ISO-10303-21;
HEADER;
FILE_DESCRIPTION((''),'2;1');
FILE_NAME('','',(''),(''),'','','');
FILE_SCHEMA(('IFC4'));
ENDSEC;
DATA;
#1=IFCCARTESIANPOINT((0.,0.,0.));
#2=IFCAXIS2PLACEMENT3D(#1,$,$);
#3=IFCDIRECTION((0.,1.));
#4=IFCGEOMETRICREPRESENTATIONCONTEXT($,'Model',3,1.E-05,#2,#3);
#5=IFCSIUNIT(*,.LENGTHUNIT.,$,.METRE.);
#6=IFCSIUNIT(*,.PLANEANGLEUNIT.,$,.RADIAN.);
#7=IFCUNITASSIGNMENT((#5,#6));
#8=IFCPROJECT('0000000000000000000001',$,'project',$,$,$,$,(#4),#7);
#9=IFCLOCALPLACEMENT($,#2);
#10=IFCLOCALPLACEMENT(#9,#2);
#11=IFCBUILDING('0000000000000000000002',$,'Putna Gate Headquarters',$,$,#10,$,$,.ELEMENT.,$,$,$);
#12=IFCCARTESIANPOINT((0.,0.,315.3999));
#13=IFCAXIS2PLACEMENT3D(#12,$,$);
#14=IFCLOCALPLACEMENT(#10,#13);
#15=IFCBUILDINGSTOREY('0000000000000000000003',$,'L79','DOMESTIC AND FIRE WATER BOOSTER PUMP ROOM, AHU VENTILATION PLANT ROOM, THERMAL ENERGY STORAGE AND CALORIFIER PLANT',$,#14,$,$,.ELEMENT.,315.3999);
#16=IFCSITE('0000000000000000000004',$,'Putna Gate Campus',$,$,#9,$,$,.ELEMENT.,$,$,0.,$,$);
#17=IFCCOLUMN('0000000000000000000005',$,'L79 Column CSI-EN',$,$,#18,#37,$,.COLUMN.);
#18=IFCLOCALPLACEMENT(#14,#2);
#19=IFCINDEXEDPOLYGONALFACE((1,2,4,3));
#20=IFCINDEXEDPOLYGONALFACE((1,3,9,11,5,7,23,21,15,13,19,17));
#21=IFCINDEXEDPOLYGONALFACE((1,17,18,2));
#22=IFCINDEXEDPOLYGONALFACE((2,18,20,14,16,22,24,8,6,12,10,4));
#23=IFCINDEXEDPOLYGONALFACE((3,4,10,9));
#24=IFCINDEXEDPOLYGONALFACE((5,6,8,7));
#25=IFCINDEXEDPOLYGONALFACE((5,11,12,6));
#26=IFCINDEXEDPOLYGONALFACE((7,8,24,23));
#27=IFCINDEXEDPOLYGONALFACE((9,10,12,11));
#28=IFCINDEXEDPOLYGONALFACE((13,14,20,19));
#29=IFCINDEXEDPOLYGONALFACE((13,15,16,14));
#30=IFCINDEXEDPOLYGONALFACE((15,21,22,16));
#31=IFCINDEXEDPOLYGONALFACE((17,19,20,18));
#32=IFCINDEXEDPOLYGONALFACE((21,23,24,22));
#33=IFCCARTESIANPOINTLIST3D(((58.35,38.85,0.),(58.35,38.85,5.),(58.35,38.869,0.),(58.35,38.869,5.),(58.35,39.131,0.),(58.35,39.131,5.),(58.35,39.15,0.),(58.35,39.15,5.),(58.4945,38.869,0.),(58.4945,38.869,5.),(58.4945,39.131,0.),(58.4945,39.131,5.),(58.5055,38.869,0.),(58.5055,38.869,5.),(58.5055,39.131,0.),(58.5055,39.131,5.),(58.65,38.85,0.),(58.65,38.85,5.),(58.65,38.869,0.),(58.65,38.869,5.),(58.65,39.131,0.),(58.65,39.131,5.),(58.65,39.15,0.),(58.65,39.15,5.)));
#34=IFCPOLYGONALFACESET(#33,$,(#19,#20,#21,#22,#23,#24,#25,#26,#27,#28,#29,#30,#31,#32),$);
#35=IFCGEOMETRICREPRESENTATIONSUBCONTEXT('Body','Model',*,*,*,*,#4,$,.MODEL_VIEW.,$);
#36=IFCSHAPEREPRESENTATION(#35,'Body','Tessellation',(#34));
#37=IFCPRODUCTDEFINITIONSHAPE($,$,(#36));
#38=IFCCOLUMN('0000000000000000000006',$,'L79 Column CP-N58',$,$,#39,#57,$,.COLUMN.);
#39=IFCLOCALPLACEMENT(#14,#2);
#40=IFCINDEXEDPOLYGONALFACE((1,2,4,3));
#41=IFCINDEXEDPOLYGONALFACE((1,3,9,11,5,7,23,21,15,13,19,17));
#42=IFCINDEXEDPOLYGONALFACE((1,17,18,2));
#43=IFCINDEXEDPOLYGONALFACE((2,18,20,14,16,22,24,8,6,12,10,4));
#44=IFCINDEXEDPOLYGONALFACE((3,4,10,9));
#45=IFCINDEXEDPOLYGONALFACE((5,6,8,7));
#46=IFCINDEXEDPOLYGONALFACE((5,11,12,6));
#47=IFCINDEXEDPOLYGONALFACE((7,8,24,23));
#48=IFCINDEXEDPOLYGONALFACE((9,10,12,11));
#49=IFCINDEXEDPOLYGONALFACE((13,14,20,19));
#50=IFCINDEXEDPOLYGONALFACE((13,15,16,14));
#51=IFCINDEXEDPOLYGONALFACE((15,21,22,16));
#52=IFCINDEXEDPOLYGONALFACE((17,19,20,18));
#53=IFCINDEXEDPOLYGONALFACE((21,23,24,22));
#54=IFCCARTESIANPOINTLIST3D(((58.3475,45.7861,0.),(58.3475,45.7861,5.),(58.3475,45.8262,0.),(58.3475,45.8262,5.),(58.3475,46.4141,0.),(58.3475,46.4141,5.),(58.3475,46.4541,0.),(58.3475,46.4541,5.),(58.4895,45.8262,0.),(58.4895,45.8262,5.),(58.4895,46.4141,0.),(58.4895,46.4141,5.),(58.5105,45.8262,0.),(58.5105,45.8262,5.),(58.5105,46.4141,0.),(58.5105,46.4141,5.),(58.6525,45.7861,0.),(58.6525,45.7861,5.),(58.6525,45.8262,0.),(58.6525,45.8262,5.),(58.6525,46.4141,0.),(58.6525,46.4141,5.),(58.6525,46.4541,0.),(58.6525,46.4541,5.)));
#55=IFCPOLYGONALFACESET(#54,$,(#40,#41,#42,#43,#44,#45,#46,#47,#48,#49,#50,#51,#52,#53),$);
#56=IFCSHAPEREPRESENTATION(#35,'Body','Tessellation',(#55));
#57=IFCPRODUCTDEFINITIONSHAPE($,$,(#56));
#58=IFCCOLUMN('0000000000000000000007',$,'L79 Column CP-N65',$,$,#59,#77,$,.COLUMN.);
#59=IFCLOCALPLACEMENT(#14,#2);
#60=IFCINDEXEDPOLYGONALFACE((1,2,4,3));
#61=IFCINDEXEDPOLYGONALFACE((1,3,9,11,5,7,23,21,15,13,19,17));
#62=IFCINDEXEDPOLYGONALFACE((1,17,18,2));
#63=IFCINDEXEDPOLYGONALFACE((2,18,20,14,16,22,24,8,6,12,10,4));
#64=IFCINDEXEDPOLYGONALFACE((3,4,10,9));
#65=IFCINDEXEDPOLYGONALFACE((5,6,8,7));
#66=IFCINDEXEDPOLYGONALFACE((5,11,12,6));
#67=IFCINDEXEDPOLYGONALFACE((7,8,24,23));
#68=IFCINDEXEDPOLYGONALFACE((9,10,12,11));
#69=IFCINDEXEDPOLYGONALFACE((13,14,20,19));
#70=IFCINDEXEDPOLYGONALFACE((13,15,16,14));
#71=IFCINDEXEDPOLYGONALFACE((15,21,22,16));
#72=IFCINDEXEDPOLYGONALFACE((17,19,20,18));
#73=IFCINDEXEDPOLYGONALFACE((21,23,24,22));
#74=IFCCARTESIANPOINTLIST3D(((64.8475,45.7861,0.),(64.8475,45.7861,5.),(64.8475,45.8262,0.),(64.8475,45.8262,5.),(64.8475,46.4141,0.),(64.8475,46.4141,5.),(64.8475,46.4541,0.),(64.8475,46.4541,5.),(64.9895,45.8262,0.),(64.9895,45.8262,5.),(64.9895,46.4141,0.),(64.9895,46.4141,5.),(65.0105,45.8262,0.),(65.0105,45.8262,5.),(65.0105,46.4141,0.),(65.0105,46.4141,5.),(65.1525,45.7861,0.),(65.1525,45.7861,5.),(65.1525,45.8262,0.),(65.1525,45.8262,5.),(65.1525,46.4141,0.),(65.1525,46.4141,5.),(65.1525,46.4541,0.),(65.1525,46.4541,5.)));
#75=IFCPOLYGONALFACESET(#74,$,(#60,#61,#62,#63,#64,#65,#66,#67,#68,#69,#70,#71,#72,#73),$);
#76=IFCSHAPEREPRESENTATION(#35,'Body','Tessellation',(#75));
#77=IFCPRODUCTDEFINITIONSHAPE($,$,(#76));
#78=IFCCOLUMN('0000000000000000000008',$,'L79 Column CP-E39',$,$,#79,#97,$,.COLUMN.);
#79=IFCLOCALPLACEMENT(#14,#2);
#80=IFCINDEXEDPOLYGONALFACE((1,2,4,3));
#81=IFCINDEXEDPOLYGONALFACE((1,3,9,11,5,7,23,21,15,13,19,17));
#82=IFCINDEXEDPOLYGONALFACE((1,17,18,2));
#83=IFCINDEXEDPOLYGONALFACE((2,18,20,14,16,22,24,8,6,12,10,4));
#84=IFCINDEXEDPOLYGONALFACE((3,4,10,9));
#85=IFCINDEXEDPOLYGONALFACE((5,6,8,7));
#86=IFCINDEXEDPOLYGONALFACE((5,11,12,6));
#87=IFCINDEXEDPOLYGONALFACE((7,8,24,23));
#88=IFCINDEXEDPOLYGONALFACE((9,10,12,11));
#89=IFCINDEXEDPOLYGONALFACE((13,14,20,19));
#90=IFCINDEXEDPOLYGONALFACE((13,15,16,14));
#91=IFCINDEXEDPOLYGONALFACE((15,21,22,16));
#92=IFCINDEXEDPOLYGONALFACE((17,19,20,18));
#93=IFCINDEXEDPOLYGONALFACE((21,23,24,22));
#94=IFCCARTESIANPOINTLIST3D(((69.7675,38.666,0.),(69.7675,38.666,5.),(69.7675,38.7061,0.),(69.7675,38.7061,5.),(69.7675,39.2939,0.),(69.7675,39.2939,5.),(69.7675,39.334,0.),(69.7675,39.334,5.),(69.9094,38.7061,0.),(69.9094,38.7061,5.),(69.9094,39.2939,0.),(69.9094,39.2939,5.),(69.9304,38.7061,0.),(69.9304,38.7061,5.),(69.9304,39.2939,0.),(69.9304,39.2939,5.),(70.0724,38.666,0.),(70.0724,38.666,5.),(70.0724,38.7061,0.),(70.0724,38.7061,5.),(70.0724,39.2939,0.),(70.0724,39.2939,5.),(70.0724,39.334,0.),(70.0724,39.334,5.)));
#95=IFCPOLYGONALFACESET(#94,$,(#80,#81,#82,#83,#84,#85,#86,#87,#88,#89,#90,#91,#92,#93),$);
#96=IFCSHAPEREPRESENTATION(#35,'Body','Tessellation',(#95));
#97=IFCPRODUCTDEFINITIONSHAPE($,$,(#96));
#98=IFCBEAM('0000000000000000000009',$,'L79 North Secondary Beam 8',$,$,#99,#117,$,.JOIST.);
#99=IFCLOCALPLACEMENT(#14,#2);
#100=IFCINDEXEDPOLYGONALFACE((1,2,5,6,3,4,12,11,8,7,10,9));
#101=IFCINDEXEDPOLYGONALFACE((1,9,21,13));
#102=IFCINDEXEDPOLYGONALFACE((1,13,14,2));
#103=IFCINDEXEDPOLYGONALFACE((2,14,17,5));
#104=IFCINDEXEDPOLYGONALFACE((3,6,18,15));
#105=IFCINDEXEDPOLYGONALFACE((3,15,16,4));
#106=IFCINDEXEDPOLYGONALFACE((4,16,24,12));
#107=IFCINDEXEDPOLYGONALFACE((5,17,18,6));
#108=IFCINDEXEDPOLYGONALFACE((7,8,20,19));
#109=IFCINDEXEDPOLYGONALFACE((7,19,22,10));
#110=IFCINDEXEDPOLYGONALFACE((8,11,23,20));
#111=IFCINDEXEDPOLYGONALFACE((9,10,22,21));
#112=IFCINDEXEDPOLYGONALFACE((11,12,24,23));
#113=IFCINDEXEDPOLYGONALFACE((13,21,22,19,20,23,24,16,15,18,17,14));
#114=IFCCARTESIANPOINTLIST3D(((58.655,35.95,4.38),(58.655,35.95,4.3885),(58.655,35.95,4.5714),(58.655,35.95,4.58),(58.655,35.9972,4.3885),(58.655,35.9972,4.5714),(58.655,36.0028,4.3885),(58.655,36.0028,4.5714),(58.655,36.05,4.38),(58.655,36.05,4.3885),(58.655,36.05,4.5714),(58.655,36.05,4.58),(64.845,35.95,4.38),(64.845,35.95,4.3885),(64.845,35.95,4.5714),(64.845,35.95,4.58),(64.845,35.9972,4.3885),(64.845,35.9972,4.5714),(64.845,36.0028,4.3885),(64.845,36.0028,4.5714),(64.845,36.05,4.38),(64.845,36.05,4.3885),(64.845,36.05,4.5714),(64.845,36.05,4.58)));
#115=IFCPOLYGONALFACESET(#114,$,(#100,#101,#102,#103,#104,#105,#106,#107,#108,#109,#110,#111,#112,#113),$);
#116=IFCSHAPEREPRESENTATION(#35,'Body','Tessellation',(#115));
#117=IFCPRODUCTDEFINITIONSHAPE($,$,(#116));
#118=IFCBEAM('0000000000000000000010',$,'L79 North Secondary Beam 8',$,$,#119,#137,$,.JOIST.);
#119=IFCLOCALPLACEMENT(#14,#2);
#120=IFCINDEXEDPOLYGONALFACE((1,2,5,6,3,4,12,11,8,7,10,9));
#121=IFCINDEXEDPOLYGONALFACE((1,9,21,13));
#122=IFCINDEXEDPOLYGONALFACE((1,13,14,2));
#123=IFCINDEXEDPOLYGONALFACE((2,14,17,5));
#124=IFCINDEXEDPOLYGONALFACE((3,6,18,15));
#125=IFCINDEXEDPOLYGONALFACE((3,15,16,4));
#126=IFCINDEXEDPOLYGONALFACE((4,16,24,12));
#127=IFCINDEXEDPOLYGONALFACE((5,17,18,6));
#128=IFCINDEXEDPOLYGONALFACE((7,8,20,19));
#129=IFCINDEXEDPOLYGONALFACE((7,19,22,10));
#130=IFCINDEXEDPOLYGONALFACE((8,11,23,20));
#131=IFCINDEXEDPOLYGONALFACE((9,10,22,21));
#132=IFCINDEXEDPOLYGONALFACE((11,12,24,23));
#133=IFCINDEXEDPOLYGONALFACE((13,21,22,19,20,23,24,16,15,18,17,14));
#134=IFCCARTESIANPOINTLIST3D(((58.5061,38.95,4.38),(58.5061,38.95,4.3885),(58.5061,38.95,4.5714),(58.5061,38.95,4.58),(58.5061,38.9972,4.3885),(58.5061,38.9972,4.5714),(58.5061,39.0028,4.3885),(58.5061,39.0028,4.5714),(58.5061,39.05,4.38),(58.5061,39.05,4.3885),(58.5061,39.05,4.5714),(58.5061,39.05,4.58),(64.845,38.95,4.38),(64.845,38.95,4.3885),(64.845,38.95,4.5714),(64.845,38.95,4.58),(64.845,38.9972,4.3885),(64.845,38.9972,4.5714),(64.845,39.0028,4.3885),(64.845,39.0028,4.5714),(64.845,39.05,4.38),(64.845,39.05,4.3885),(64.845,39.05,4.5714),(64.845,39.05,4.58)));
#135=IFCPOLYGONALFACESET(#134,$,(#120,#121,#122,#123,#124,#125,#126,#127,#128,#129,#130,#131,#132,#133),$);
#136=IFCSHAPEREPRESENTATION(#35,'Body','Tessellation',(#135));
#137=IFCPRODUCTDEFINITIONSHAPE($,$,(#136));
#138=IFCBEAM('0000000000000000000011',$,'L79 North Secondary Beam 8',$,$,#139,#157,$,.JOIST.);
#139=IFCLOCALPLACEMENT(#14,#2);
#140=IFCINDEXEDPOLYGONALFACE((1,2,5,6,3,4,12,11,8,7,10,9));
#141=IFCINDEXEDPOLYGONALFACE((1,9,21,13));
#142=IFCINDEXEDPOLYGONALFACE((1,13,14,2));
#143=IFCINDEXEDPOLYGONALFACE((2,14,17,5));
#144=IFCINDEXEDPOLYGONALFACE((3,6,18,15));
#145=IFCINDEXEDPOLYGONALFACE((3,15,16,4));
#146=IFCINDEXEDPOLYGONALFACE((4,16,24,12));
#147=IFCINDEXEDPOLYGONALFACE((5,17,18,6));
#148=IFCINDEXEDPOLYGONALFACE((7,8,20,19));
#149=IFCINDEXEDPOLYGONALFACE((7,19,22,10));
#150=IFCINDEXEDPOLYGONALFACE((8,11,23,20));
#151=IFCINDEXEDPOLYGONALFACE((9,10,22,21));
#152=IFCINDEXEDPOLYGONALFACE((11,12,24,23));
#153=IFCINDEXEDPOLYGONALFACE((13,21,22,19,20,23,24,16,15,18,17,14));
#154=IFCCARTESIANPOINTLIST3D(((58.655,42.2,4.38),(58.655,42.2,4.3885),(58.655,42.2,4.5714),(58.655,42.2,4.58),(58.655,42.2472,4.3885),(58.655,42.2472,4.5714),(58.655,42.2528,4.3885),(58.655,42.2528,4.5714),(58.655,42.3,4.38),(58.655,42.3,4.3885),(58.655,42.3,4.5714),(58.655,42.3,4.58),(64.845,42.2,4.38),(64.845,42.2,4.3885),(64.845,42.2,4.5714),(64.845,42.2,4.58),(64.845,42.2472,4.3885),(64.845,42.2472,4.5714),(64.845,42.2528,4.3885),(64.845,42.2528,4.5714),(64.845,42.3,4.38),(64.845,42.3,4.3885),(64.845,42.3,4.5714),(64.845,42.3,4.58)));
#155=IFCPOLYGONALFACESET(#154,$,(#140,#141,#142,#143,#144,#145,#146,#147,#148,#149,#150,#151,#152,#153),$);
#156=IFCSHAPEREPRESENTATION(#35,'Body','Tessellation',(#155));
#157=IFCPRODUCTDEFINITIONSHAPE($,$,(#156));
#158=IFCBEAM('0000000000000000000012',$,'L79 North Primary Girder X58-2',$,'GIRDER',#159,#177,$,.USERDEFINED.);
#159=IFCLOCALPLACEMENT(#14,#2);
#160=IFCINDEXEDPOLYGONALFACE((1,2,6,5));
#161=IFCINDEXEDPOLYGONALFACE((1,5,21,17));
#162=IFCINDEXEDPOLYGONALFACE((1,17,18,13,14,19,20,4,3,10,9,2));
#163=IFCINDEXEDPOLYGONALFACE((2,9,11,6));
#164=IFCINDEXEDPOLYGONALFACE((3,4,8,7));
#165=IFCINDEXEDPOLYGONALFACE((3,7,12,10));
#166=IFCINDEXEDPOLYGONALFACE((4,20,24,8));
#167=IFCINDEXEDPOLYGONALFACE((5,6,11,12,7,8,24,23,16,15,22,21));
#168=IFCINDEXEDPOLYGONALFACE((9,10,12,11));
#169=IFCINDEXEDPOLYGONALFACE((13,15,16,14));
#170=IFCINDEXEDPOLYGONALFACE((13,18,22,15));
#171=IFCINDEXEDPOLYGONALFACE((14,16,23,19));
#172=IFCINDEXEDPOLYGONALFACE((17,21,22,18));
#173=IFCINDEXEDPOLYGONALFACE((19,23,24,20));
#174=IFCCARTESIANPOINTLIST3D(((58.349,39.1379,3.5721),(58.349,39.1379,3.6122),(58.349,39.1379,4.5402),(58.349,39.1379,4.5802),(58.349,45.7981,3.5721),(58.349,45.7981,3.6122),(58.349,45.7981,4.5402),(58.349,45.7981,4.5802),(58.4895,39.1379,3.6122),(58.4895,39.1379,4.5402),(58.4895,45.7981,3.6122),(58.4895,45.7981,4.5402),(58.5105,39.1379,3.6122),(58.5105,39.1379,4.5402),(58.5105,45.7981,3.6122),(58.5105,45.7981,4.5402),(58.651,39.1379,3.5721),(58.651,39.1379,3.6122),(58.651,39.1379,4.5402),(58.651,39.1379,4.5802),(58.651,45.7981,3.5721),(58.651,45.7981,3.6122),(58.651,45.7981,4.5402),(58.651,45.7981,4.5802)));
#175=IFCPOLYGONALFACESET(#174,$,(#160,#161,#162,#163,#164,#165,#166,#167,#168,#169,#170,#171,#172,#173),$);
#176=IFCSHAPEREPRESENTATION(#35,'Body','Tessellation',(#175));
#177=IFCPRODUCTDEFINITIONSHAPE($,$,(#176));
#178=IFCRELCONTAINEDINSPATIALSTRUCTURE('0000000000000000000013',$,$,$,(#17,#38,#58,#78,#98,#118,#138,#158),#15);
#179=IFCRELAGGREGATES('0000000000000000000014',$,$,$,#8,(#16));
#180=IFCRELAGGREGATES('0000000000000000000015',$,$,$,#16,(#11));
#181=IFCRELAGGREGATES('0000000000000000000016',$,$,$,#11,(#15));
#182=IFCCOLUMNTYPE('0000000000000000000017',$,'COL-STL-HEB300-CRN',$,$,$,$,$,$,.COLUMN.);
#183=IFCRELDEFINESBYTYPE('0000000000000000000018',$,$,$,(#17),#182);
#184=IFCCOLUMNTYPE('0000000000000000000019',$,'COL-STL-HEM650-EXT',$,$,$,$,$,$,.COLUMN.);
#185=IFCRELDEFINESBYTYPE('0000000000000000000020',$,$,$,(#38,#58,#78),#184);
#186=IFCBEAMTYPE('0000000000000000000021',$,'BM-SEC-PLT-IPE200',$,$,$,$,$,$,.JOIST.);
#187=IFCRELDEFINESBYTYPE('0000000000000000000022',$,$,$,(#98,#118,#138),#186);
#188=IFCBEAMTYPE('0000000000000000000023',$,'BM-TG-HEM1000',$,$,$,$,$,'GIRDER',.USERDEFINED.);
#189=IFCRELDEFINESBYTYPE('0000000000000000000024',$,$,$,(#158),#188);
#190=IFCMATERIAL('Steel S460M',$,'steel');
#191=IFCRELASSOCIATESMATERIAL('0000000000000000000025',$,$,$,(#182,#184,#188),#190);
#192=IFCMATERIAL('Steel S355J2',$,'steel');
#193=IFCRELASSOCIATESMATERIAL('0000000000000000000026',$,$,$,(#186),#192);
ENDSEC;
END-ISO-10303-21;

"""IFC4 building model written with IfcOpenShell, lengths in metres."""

from ifc_helpers import new_model, si_unit, direction, frame, origin, origin_2d, place, context, subcontext, project, spatial, i_section, extrude, material, material_profile, profile_set, type_object, element, save


model = new_model("IFC4")

# Units and contexts
model_context = context("Model", 3, precision=1e-05, world=origin(), true_north=direction((0.0, 1.0)))
body_context = subcontext(model_context, "Body", "Model", "MODEL_VIEW")
ifc_project = project(units=[si_unit("LENGTHUNIT", "METRE"), si_unit("PLANEANGLEUNIT", "RADIAN")], contexts=[model_context])

# Site, building, storey
site_placement = place(None, origin())
site = spatial("IfcSite", under=ifc_project, at=site_placement, Name="Putna Gate Campus", CompositionType="ELEMENT", RefElevation=0.0)
building_placement = place(site_placement, origin())
building = spatial("IfcBuilding", under=site, at=building_placement, Name="Putna Gate Headquarters", CompositionType="ELEMENT")
storey_placement = place(building_placement, frame((0.0, 0.0, 315.3999)))
storey = spatial("IfcBuildingStorey", under=building, at=storey_placement, Name="L79", Description="DOMESTIC AND FIRE WATER BOOSTER PUMP ROOM, AHU VENTILATION PLANT ROOM, THERMAL ENERGY STORAGE AND CALORIFIER PLANT", CompositionType="ELEMENT", Elevation=315.3999)

# Columns
ifc_material_1 = material(Name="Steel S460M", Category="steel")
ifc_material_profile_1 = material_profile(ifc_material_1, i_section(OverallWidth=0.3, OverallDepth=0.3, WebThickness=0.011, FlangeThickness=0.019, at=origin_2d()), Name="Steel S460M")
ifc_profile_set_1 = profile_set([ifc_material_profile_1], Name="Steel S460M")
column_type_1 = type_object("IfcColumnType", Name="COL-STL-HEB300-CRN", PredefinedType="COLUMN", material=ifc_profile_set_1)
column_placement = place(storey_placement, frame((58.5, 39.0, 0.0), z_axis=(0.0, 0.0, 1.0), x_axis=(1.0, 0.0, 0.0)))
element("IfcColumn", 1, at=column_placement, inside=storey, type_object=column_type_1, Name="L79 Column CSI-EN", PredefinedType="COLUMN", context=body_context, shape_type="SweptSolid", body=[
    extrude(i_section(OverallWidth=0.3, OverallDepth=0.3, WebThickness=0.011, FlangeThickness=0.019, at=origin_2d()), origin(), (0.0, 0.0, 1.0), 5.0),
])
ifc_material_profile_2 = material_profile(ifc_material_1, i_section(OverallWidth=0.3049, OverallDepth=0.668, WebThickness=0.021, FlangeThickness=0.04, at=origin_2d()), Name="Steel S460M")
ifc_profile_set_2 = profile_set([ifc_material_profile_2], Name="Steel S460M")
column_type_2 = type_object("IfcColumnType", Name="COL-STL-HEM650-EXT", PredefinedType="COLUMN", material=ifc_profile_set_2)
for number, where, z_axis, x_axis, name in (
    (2, (58.5, 46.1201, 0.0), (0.0, 0.0, 1.0), (1.0, 0.0, 0.0), "L79 Column CP-N58"),
    (3, (65.0, 46.1201, 0.0), (0.0, 0.0, 1.0), (1.0, 0.0, 0.0), "L79 Column CP-N65"),
    (4, (69.9199, 39.0, 0.0), (0.0, 0.0, 1.0), (1.0, 0.0, 0.0), "L79 Column CP-E39"),
):
    element("IfcColumn", number, at=place(storey_placement, frame(where, z_axis=z_axis, x_axis=x_axis)), inside=storey, type_object=column_type_2, Name=name, PredefinedType="COLUMN", context=body_context, shape_type="SweptSolid", body=[
        extrude(i_section(OverallWidth=0.3049, OverallDepth=0.668, WebThickness=0.021, FlangeThickness=0.04, at=origin_2d()), origin(), (0.0, 0.0, 1.0), 5.0),
    ])

# Beams
ifc_material_2 = material(Name="Steel S355J2", Category="steel")
ifc_material_profile_3 = material_profile(ifc_material_2, i_section(OverallWidth=0.1001, OverallDepth=0.2, WebThickness=0.0056, FlangeThickness=0.0085, at=origin_2d()), Name="Steel S355J2")
ifc_profile_set_3 = profile_set([ifc_material_profile_3], Name="Steel S355J2")
beam_type_1 = type_object("IfcBeamType", Name="BM-SEC-PLT-IPE200", PredefinedType="JOIST", material=ifc_profile_set_3)
beam_1_placement = place(storey_placement, frame((58.655, 36.0, 4.48), z_axis=(1.0, 0.0, 0.0), x_axis=(0.0, 1.0, 0.0)))
element("IfcBeam", 5, at=beam_1_placement, inside=storey, type_object=beam_type_1, Name="L79 North Secondary Beam 8", PredefinedType="JOIST", context=body_context, shape_type="SweptSolid", body=[
    extrude(i_section(OverallWidth=0.1001, OverallDepth=0.2, WebThickness=0.0056, FlangeThickness=0.0085, at=origin_2d()), origin(), (0.0, 0.0, 1.0), 6.1899),
])
beam_2_placement = place(storey_placement, frame((58.5061, 39.0, 4.48), z_axis=(1.0, 0.0, 0.0), x_axis=(0.0, 1.0, 0.0)))
element("IfcBeam", 6, at=beam_2_placement, inside=storey, type_object=beam_type_1, Name="L79 North Secondary Beam 8", PredefinedType="JOIST", context=body_context, shape_type="SweptSolid", body=[
    extrude(i_section(OverallWidth=0.1001, OverallDepth=0.2, WebThickness=0.0056, FlangeThickness=0.0085, at=origin_2d()), origin(), (0.0, 0.0, 1.0), 6.3389),
])
beam_3_placement = place(storey_placement, frame((58.655, 42.25, 4.48), z_axis=(1.0, 0.0, 0.0), x_axis=(0.0, 1.0, 0.0)))
element("IfcBeam", 7, at=beam_3_placement, inside=storey, type_object=beam_type_1, Name="L79 North Secondary Beam 8", PredefinedType="JOIST", context=body_context, shape_type="SweptSolid", body=[
    extrude(i_section(OverallWidth=0.1001, OverallDepth=0.2, WebThickness=0.0056, FlangeThickness=0.0085, at=origin_2d()), origin(), (0.0, 0.0, 1.0), 6.1899),
])
ifc_material_profile_4 = material_profile(ifc_material_1, i_section(OverallWidth=0.302, OverallDepth=1.0081, WebThickness=0.021, FlangeThickness=0.04, at=origin_2d()), Name="Steel S460M")
ifc_profile_set_4 = profile_set([ifc_material_profile_4], Name="Steel S460M")
beam_type_2 = type_object("IfcBeamType", Name="BM-TG-HEM1000", ElementType="GIRDER", PredefinedType="USERDEFINED", material=ifc_profile_set_4)
beam_4_placement = place(storey_placement, frame((58.5, 39.1379, 4.0762), z_axis=(0.0, 1.0, 0.0), x_axis=(-1.0, 0.0, 0.0)))
element("IfcBeam", 8, at=beam_4_placement, inside=storey, type_object=beam_type_2, Name="L79 North Primary Girder X58-2", ObjectType="GIRDER", PredefinedType="USERDEFINED", context=body_context, shape_type="SweptSolid", body=[
    extrude(i_section(OverallWidth=0.302, OverallDepth=1.0081, WebThickness=0.021, FlangeThickness=0.04, at=origin_2d()), origin(), (0.0, 0.0, 1.0), 6.6602),
])

save(model, "model.ifc")
